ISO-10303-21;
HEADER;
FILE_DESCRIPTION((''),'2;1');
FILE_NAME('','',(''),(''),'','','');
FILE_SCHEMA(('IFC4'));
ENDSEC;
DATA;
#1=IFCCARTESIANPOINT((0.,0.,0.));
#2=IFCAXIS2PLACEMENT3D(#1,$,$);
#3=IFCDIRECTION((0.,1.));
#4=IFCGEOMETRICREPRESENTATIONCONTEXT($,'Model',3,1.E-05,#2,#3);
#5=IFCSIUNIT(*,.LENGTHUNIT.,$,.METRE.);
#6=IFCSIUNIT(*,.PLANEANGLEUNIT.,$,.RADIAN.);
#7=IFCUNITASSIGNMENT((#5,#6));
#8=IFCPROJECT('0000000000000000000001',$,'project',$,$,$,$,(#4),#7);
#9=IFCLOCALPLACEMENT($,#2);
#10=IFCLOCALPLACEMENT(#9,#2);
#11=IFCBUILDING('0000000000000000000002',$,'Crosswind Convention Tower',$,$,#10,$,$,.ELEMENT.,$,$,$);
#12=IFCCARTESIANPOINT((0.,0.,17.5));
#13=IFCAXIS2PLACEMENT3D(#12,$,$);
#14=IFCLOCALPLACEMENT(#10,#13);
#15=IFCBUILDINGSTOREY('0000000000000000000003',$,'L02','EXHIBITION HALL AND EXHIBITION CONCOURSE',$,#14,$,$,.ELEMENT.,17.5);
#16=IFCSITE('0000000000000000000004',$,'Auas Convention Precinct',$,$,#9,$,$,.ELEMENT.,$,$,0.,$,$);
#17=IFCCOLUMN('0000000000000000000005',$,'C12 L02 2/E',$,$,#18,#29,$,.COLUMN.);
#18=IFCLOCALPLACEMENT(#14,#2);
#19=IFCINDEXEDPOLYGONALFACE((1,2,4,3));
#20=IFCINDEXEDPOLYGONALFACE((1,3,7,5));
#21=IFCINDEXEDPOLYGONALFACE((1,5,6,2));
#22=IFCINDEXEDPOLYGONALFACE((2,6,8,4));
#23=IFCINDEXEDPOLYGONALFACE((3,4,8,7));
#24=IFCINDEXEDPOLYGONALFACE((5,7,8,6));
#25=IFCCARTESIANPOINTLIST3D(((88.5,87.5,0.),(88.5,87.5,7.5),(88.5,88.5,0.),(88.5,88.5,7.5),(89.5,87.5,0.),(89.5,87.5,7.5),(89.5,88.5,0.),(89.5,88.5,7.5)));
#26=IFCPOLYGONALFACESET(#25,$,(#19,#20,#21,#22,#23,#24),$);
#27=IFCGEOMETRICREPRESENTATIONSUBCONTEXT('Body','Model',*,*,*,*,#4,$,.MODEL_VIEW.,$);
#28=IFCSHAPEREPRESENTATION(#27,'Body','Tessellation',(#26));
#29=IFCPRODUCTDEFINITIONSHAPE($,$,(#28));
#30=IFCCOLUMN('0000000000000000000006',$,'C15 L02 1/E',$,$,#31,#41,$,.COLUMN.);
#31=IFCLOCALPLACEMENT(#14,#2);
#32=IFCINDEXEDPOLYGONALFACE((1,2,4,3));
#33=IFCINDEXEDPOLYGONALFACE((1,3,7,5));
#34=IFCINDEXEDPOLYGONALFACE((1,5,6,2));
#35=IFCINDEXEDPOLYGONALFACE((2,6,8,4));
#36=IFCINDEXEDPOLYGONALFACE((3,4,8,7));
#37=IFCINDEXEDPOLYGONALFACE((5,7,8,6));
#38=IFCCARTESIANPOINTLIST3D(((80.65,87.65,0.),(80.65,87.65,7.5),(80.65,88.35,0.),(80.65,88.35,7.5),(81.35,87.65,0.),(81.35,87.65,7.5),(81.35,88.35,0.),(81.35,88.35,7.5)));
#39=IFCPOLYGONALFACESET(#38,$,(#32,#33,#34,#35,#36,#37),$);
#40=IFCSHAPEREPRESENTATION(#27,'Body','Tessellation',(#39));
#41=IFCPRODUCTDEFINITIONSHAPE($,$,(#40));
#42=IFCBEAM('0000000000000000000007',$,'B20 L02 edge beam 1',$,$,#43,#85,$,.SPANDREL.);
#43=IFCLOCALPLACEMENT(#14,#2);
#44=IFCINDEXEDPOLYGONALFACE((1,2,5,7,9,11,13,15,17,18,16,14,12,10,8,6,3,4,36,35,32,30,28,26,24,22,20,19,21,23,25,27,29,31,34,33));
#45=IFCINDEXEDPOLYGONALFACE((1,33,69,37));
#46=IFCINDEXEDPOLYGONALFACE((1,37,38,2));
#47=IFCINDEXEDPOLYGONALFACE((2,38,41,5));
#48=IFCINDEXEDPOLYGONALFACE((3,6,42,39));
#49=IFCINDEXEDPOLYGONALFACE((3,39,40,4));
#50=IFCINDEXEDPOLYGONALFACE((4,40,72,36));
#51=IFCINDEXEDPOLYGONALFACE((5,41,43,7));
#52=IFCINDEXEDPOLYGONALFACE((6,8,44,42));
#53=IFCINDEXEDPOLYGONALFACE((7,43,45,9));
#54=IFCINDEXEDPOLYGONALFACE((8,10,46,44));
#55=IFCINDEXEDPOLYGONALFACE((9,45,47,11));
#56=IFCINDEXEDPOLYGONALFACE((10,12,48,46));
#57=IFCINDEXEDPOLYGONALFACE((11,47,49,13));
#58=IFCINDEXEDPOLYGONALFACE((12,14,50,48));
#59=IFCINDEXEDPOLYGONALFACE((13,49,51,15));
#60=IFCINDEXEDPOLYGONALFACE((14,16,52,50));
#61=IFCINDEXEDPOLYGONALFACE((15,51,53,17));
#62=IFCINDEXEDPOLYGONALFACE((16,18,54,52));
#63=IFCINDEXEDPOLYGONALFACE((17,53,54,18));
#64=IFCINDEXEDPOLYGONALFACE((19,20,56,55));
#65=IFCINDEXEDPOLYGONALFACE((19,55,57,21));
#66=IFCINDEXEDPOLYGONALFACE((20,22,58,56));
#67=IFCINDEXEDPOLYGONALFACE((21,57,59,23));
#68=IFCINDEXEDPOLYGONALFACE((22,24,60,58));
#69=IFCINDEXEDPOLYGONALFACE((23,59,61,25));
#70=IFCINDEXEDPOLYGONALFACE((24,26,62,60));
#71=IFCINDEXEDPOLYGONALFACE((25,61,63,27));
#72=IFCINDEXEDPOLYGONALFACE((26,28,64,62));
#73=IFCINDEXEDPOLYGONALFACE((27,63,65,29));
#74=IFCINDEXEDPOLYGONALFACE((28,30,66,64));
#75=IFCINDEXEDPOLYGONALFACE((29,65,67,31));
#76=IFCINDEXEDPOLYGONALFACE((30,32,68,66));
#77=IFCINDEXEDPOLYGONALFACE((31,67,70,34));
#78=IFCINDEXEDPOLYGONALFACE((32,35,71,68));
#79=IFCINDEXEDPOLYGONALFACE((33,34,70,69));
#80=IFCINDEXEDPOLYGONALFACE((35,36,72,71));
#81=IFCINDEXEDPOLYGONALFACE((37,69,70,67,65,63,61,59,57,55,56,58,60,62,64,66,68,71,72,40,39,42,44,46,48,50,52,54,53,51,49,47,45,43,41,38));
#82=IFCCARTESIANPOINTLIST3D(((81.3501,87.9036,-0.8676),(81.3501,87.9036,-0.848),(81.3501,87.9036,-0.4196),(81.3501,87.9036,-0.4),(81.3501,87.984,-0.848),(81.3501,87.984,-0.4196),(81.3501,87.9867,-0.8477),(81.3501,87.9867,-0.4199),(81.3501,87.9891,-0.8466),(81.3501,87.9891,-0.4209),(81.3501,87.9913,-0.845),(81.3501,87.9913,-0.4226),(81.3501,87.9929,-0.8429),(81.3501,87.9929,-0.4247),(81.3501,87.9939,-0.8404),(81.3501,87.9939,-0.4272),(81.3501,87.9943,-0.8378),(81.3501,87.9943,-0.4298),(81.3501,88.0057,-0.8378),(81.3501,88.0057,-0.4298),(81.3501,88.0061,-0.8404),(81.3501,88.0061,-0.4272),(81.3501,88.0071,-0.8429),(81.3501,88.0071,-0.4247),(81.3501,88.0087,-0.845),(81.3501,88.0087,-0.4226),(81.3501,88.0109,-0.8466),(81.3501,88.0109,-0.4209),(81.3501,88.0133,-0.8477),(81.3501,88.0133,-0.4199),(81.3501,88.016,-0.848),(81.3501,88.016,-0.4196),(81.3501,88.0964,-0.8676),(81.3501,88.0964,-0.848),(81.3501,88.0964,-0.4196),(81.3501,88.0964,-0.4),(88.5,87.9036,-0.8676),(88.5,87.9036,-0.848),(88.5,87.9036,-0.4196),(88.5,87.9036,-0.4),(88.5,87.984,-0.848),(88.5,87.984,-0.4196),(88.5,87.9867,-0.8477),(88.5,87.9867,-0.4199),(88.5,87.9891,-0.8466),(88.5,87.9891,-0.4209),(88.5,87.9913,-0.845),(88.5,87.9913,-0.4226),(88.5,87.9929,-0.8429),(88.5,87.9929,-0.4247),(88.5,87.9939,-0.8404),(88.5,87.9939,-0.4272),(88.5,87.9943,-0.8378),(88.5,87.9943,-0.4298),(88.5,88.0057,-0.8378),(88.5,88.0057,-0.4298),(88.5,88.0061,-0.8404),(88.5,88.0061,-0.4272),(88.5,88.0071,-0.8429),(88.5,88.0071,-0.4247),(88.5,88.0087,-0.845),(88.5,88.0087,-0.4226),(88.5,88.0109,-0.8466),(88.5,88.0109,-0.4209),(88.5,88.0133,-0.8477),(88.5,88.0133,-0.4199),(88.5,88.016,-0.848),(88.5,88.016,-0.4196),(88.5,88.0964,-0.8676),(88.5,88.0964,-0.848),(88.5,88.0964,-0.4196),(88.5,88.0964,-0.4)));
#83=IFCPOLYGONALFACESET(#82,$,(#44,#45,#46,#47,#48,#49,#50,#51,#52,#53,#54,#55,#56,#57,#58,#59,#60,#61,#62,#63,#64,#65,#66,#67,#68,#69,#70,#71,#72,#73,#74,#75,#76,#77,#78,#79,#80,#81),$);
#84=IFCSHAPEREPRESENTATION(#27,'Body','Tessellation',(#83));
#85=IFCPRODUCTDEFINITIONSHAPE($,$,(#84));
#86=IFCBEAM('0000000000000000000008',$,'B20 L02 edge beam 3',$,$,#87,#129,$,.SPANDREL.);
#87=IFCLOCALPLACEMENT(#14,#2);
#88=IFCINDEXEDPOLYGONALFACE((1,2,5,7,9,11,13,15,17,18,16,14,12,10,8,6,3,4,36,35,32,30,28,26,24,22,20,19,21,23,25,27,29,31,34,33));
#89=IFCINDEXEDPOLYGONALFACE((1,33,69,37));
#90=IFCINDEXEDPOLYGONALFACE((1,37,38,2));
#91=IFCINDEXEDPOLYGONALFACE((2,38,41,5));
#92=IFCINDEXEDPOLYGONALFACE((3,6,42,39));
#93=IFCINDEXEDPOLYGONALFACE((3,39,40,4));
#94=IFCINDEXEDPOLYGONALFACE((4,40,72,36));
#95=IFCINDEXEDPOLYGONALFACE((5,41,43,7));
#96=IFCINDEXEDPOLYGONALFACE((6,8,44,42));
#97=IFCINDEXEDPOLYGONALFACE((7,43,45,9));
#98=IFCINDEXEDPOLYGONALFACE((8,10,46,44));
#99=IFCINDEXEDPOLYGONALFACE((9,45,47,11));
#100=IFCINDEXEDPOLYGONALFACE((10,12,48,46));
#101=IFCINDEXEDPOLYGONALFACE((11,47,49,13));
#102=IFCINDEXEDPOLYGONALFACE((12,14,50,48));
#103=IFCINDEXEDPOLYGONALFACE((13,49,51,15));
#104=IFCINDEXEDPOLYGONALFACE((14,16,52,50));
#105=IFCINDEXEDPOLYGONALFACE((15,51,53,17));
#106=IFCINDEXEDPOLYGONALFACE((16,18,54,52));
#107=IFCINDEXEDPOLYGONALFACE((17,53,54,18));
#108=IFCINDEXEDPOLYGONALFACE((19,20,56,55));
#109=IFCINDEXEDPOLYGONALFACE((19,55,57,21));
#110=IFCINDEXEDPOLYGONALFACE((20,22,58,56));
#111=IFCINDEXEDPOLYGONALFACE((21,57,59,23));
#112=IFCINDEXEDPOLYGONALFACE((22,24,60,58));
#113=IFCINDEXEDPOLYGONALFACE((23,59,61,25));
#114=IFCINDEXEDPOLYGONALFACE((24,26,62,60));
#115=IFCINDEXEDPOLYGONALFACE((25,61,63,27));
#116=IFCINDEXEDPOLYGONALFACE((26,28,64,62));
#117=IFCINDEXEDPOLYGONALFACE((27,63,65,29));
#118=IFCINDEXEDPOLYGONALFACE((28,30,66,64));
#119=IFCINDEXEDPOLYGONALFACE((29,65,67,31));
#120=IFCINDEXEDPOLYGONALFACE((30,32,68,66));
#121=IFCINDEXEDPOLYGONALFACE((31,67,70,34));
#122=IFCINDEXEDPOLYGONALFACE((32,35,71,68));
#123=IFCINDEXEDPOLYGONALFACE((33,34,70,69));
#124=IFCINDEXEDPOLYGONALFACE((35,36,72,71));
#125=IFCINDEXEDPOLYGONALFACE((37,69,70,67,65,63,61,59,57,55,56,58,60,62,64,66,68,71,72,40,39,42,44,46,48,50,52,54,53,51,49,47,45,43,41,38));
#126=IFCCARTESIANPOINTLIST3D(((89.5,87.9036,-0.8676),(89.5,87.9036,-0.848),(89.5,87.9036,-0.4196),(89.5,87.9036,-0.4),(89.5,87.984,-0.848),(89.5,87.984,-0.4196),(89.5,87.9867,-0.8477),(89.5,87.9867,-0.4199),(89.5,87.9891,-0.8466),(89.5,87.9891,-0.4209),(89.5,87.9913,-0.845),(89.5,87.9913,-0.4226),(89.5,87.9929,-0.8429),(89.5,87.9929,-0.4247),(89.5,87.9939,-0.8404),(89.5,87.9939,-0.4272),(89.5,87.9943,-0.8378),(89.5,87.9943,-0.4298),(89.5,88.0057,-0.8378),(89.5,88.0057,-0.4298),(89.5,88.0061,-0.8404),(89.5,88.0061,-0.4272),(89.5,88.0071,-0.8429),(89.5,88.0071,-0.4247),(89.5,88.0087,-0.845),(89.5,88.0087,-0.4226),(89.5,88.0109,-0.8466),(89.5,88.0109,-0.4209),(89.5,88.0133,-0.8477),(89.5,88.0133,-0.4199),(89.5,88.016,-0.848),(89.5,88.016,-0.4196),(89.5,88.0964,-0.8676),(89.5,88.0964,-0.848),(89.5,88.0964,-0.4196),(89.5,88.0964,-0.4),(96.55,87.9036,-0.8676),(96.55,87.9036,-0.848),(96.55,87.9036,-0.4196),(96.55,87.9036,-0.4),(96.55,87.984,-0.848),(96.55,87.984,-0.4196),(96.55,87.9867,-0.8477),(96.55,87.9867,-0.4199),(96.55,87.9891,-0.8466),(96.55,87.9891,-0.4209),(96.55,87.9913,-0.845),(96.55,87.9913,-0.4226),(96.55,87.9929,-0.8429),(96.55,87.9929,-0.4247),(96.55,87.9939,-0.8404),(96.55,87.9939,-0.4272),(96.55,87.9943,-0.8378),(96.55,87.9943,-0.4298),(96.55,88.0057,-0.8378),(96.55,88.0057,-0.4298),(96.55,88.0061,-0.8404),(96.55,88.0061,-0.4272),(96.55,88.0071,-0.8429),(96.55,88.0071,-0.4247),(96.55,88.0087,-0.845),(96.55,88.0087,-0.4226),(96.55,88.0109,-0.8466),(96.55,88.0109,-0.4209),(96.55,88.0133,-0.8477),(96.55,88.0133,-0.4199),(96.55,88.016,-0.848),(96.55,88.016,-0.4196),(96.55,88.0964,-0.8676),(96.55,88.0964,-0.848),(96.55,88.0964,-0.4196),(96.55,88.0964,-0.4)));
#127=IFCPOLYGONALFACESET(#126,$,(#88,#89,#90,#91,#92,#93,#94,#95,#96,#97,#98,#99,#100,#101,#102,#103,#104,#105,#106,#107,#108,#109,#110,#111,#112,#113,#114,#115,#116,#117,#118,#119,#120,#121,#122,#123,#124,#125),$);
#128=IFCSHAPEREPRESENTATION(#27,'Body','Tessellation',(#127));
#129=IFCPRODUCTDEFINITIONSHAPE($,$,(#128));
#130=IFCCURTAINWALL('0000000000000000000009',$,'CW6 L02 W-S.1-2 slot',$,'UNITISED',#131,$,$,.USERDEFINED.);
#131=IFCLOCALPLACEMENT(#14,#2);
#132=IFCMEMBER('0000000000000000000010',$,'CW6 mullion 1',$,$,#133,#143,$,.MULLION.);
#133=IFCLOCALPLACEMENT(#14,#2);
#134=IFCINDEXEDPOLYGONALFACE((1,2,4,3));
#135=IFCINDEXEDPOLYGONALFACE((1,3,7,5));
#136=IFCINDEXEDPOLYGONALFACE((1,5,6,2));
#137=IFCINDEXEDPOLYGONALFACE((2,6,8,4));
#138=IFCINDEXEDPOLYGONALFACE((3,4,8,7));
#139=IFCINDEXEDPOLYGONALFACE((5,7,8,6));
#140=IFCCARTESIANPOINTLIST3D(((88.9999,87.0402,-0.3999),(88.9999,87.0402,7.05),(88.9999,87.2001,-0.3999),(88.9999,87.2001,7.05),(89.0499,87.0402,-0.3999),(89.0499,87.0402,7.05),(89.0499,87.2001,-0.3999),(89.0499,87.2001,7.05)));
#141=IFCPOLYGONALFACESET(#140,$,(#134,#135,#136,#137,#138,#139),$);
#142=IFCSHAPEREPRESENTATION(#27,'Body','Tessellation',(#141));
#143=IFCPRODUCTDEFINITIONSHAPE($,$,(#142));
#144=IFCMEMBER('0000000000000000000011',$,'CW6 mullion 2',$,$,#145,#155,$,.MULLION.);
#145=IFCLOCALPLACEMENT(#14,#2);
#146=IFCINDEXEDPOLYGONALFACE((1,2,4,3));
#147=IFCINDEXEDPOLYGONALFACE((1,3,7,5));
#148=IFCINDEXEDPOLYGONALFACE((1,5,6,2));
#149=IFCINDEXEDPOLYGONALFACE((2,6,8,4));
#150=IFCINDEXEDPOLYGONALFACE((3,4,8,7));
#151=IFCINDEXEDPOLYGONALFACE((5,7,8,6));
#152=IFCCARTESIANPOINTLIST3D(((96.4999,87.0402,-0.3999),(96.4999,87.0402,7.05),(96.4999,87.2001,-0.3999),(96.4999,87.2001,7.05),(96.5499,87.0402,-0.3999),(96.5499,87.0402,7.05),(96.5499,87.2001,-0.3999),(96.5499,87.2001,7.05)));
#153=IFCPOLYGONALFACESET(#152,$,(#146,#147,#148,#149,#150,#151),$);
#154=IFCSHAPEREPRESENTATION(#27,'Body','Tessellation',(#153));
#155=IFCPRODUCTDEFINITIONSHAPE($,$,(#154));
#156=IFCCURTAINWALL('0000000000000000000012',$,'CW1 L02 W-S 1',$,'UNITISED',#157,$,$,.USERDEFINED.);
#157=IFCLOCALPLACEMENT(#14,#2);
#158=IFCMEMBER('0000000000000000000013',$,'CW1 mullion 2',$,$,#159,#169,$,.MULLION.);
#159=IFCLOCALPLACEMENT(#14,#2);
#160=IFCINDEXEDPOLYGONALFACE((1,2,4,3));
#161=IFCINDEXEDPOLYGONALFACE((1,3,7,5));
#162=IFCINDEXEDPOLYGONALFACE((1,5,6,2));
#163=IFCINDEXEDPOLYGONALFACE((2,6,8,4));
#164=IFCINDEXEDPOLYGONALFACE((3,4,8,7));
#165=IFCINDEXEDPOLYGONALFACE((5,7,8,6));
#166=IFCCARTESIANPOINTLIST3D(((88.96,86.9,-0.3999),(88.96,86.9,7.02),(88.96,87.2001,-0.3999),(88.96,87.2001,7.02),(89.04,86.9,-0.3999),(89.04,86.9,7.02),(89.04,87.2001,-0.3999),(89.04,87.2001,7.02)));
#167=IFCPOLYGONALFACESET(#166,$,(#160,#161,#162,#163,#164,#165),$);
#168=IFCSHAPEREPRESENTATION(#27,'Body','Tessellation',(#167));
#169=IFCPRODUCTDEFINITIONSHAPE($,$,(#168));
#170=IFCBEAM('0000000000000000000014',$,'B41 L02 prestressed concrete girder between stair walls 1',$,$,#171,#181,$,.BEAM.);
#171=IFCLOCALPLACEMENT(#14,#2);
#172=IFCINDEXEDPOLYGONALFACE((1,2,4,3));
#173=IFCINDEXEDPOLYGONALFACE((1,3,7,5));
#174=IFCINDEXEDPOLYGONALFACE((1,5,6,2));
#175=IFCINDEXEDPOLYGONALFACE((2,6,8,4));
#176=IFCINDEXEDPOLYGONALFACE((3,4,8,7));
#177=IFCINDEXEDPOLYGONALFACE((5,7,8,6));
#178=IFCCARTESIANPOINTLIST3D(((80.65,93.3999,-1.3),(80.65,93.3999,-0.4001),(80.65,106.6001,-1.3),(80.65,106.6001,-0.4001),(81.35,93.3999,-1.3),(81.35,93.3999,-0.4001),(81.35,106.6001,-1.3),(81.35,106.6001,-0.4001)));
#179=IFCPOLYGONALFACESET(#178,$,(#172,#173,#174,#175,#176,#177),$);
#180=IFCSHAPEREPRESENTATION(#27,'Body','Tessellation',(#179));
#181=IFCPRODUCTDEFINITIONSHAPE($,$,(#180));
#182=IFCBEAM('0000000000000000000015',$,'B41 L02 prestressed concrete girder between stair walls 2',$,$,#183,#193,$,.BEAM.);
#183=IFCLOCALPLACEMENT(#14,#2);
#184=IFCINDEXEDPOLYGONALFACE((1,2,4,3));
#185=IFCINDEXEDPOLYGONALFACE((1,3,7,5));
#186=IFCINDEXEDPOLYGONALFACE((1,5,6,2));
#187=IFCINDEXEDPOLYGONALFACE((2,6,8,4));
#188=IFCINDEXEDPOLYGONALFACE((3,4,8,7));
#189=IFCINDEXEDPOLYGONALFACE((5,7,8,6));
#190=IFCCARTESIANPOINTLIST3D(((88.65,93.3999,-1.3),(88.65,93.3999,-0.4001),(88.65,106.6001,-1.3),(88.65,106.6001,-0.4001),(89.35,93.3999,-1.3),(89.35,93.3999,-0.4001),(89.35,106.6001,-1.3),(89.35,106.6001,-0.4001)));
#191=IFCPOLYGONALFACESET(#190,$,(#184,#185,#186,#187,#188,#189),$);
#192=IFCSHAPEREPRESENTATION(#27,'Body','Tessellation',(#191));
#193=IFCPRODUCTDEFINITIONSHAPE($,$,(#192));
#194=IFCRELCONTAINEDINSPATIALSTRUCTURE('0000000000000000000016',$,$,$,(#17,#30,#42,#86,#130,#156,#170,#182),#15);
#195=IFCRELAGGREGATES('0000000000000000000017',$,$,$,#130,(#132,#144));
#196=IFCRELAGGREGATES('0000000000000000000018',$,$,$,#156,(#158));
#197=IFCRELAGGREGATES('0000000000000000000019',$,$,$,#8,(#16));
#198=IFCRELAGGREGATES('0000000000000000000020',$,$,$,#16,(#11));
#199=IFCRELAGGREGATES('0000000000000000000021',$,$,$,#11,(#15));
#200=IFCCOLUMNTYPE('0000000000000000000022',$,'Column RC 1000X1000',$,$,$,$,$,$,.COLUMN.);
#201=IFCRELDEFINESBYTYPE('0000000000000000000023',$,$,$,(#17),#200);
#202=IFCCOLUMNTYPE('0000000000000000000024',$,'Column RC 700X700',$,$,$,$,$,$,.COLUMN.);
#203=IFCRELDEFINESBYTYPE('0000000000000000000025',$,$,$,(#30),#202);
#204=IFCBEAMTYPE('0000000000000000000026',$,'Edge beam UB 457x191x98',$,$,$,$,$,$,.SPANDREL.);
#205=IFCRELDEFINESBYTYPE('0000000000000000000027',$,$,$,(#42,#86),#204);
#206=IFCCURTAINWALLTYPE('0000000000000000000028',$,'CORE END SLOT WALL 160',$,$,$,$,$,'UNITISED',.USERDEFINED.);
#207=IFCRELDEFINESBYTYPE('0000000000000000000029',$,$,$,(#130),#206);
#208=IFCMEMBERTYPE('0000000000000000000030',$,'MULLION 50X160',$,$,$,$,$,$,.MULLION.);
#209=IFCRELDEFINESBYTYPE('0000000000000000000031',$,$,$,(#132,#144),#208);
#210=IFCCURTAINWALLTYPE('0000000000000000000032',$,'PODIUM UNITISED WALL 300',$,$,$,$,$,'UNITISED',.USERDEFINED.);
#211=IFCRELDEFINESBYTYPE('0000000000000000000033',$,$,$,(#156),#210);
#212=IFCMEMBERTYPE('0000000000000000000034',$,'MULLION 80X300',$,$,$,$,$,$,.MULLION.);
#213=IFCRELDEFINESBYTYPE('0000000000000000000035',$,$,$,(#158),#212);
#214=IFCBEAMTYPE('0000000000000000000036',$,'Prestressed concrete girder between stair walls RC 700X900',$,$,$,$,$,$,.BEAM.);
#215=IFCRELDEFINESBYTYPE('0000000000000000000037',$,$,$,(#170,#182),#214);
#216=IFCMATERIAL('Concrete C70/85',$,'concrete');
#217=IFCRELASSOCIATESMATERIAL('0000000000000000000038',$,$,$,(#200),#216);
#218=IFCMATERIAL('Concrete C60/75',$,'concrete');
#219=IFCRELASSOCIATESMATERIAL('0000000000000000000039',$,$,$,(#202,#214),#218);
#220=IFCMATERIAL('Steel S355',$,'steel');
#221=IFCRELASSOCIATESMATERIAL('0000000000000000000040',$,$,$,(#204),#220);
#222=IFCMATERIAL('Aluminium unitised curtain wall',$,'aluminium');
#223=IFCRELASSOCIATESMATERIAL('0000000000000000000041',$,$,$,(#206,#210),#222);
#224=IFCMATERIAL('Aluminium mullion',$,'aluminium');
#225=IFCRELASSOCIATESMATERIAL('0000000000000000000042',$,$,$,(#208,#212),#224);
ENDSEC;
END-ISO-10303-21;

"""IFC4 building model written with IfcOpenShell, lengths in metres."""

from ifc_helpers import new_model, si_unit, direction, frame, origin, origin_2d, place, context, subcontext, project, spatial, rectangle, i_section, extrude, material, material_profile, profile_set, type_object, element, aggregate, save


model = new_model("IFC4")

# Units and contexts
model_context = context("Model", 3, precision=1e-05, world=origin(), true_north=direction((0.0, 1.0)))
body_context = subcontext(model_context, "Body", "Model", "MODEL_VIEW")
ifc_project = project(units=[si_unit("LENGTHUNIT", "METRE"), si_unit("PLANEANGLEUNIT", "RADIAN")], contexts=[model_context])

# Site, building, storey
site_placement = place(None, origin())
site = spatial("IfcSite", under=ifc_project, at=site_placement, Name="Auas Convention Precinct", CompositionType="ELEMENT", RefElevation=0.0)
building_placement = place(site_placement, origin())
building = spatial("IfcBuilding", under=site, at=building_placement, Name="Crosswind Convention Tower", CompositionType="ELEMENT")
storey_placement = place(building_placement, frame((0.0, 0.0, 17.5)))
storey = spatial("IfcBuildingStorey", under=building, at=storey_placement, Name="L02", Description="EXHIBITION HALL AND EXHIBITION CONCOURSE", CompositionType="ELEMENT", Elevation=17.5)

# Columns
ifc_material_1 = material(Name="Concrete C70/85", Category="concrete")
ifc_material_profile_1 = material_profile(ifc_material_1, rectangle(XDim=1.0, YDim=1.0, at=origin_2d()), Name="RC 1000X1000")
ifc_profile_set_1 = profile_set([ifc_material_profile_1], Name="Concrete C70/85")
column_type_1 = type_object("IfcColumnType", Name="Column RC 1000X1000", PredefinedType="COLUMN", material=ifc_profile_set_1)
column_1_placement = place(storey_placement, frame((89.0, 88.0, 0.0), z_axis=(0.0, 0.0, 1.0), x_axis=(1.0, 0.0, 0.0)))
element("IfcColumn", 1, at=column_1_placement, inside=storey, type_object=column_type_1, Name="C12 L02 2/E", PredefinedType="COLUMN", context=body_context, shape_type="SweptSolid", body=[
    extrude(rectangle(XDim=1.0, YDim=1.0, at=origin_2d()), origin(), (0.0, 0.0, 1.0), 7.5),
])
ifc_material_2 = material(Name="Concrete C60/75", Category="concrete")
ifc_material_profile_2 = material_profile(ifc_material_2, rectangle(XDim=0.7, YDim=0.7, at=origin_2d()), Name="RC 700X700")
ifc_profile_set_2 = profile_set([ifc_material_profile_2], Name="Concrete C60/75")
column_type_2 = type_object("IfcColumnType", Name="Column RC 700X700", PredefinedType="COLUMN", material=ifc_profile_set_2)
column_2_placement = place(storey_placement, frame((81.0, 88.0, 0.0), z_axis=(0.0, 0.0, 1.0), x_axis=(1.0, 0.0, 0.0)))
element("IfcColumn", 2, at=column_2_placement, inside=storey, type_object=column_type_2, Name="C15 L02 1/E", PredefinedType="COLUMN", context=body_context, shape_type="SweptSolid", body=[
    extrude(rectangle(XDim=0.7, YDim=0.7, at=origin_2d()), origin(), (0.0, 0.0, 1.0), 7.5),
])

# Beams
ifc_material_3 = material(Name="Steel S355", Category="steel")
ifc_material_profile_3 = material_profile(ifc_material_3, i_section(OverallWidth=0.1929, OverallDepth=0.4675, WebThickness=0.0115, FlangeThickness=0.0195, FilletRadius=0.0103, at=origin_2d()), Name="UB 457x191x98")
ifc_profile_set_3 = profile_set([ifc_material_profile_3], Name="Steel S355")
beam_type_1 = type_object("IfcBeamType", Name="Edge beam UB 457x191x98", PredefinedType="SPANDREL", material=ifc_profile_set_3)
beam_1_placement = place(storey_placement, frame((81.3501, 88.0, -0.6338), z_axis=(1.0, 0.0, 0.0), x_axis=(0.0, 1.0, 0.0)))
element("IfcBeam", 3, at=beam_1_placement, inside=storey, type_object=beam_type_1, Name="B20 L02 edge beam 1", PredefinedType="SPANDREL", context=body_context, shape_type="SweptSolid", body=[
    extrude(i_section(OverallWidth=0.1929, OverallDepth=0.4675, WebThickness=0.0115, FlangeThickness=0.0195, FilletRadius=0.0103, at=origin_2d()), origin(), (0.0, 0.0, 1.0), 7.1499),
])
beam_2_placement = place(storey_placement, frame((89.5, 88.0, -0.6338), z_axis=(1.0, 0.0, 0.0), x_axis=(0.0, 1.0, 0.0)))
element("IfcBeam", 4, at=beam_2_placement, inside=storey, type_object=beam_type_1, Name="B20 L02 edge beam 3", PredefinedType="SPANDREL", context=body_context, shape_type="SweptSolid", body=[
    extrude(i_section(OverallWidth=0.1929, OverallDepth=0.4675, WebThickness=0.0115, FlangeThickness=0.0195, FilletRadius=0.0103, at=origin_2d()), origin(), (0.0, 0.0, 1.0), 7.05),
])

# Curtain wall, members
ifc_material_4 = material(Name="Aluminium unitised curtain wall", Category="aluminium")
curtain_wall_type_1 = type_object("IfcCurtainWallType", Name="CORE END SLOT WALL 160", ElementType="UNITISED", PredefinedType="USERDEFINED", material=ifc_material_4)
curtain_wall_1_placement = place(storey_placement, origin())
curtain_wall_1 = element("IfcCurtainWall", 5, at=curtain_wall_1_placement, inside=storey, type_object=curtain_wall_type_1, Name="CW6 L02 W-S.1-2 slot", ObjectType="UNITISED", PredefinedType="USERDEFINED")
ifc_material_5 = material(Name="Aluminium mullion", Category="aluminium")
ifc_material_profile_4 = material_profile(ifc_material_5, rectangle(XDim=0.1599, YDim=0.05, at=origin_2d()), Name="AL 160X50")
ifc_profile_set_4 = profile_set([ifc_material_profile_4], Name="Aluminium mullion")
member_type_1 = type_object("IfcMemberType", Name="MULLION 50X160", PredefinedType="MULLION", material=ifc_profile_set_4)
member_1_placement = place(storey_placement, frame((89.0249, 87.1201, -0.3999), z_axis=(0.0, 0.0, 1.0), x_axis=(0.0, -1.0, 0.0)))
member_1 = element("IfcMember", 6, at=member_1_placement, type_object=member_type_1, Name="CW6 mullion 1", PredefinedType="MULLION", context=body_context, shape_type="SweptSolid", body=[
    extrude(rectangle(XDim=0.1599, YDim=0.05, at=origin_2d()), origin(), (0.0, 0.0, 1.0), 7.45),
])
member_2_placement = place(storey_placement, frame((96.5249, 87.1201, -0.3999), z_axis=(0.0, 0.0, 1.0), x_axis=(0.0, -1.0, 0.0)))
member_2 = element("IfcMember", 7, at=member_2_placement, type_object=member_type_1, Name="CW6 mullion 2", PredefinedType="MULLION", context=body_context, shape_type="SweptSolid", body=[
    extrude(rectangle(XDim=0.1599, YDim=0.05, at=origin_2d()), origin(), (0.0, 0.0, 1.0), 7.45),
])

# Curtain wall, member
curtain_wall_type_2 = type_object("IfcCurtainWallType", Name="PODIUM UNITISED WALL 300", ElementType="UNITISED", PredefinedType="USERDEFINED", material=ifc_material_4)
curtain_wall_2_placement = place(storey_placement, origin())
curtain_wall_2 = element("IfcCurtainWall", 8, at=curtain_wall_2_placement, inside=storey, type_object=curtain_wall_type_2, Name="CW1 L02 W-S 1", ObjectType="UNITISED", PredefinedType="USERDEFINED")
ifc_material_profile_5 = material_profile(ifc_material_5, rectangle(XDim=0.3, YDim=0.0801, at=origin_2d()), Name="AL 300X80")
ifc_profile_set_5 = profile_set([ifc_material_profile_5], Name="Aluminium mullion")
member_type_2 = type_object("IfcMemberType", Name="MULLION 80X300", PredefinedType="MULLION", material=ifc_profile_set_5)
member_3_placement = place(storey_placement, frame((89.0, 87.05, -0.3999), z_axis=(0.0, 0.0, 1.0), x_axis=(0.0, -1.0, 0.0)))
member_3 = element("IfcMember", 9, at=member_3_placement, type_object=member_type_2, Name="CW1 mullion 2", PredefinedType="MULLION", context=body_context, shape_type="SweptSolid", body=[
    extrude(rectangle(XDim=0.3, YDim=0.0801, at=origin_2d()), origin(), (0.0, 0.0, 1.0), 7.4199),
])

# Beams
ifc_material_profile_6 = material_profile(ifc_material_2, rectangle(XDim=0.7, YDim=0.8999, at=origin_2d()), Name="RC 700X900")
ifc_profile_set_6 = profile_set([ifc_material_profile_6], Name="Concrete C60/75")
beam_type_2 = type_object("IfcBeamType", Name="Prestressed concrete girder between stair walls RC 700X900", PredefinedType="BEAM", material=ifc_profile_set_6)
for number, where, z_axis, x_axis, name in (
    (10, (81.0, 93.3999, -0.8501), (0.0, 1.0, 0.0), (-1.0, 0.0, 0.0), "B41 L02 prestressed concrete girder between stair walls 1"),
    (11, (89.0, 93.3999, -0.8501), (0.0, 1.0, 0.0), (-1.0, 0.0, 0.0), "B41 L02 prestressed concrete girder between stair walls 2"),
):
    element("IfcBeam", number, at=place(storey_placement, frame(where, z_axis=z_axis, x_axis=x_axis)), inside=storey, type_object=beam_type_2, Name=name, PredefinedType="BEAM", context=body_context, shape_type="SweptSolid", body=[
        extrude(rectangle(XDim=0.7, YDim=0.8999, at=origin_2d()), origin(), (0.0, 0.0, 1.0), 13.2002),
    ])

aggregate(curtain_wall_1, [member_1, member_2])
aggregate(curtain_wall_2, [member_3])

save(model, "model.ifc")
